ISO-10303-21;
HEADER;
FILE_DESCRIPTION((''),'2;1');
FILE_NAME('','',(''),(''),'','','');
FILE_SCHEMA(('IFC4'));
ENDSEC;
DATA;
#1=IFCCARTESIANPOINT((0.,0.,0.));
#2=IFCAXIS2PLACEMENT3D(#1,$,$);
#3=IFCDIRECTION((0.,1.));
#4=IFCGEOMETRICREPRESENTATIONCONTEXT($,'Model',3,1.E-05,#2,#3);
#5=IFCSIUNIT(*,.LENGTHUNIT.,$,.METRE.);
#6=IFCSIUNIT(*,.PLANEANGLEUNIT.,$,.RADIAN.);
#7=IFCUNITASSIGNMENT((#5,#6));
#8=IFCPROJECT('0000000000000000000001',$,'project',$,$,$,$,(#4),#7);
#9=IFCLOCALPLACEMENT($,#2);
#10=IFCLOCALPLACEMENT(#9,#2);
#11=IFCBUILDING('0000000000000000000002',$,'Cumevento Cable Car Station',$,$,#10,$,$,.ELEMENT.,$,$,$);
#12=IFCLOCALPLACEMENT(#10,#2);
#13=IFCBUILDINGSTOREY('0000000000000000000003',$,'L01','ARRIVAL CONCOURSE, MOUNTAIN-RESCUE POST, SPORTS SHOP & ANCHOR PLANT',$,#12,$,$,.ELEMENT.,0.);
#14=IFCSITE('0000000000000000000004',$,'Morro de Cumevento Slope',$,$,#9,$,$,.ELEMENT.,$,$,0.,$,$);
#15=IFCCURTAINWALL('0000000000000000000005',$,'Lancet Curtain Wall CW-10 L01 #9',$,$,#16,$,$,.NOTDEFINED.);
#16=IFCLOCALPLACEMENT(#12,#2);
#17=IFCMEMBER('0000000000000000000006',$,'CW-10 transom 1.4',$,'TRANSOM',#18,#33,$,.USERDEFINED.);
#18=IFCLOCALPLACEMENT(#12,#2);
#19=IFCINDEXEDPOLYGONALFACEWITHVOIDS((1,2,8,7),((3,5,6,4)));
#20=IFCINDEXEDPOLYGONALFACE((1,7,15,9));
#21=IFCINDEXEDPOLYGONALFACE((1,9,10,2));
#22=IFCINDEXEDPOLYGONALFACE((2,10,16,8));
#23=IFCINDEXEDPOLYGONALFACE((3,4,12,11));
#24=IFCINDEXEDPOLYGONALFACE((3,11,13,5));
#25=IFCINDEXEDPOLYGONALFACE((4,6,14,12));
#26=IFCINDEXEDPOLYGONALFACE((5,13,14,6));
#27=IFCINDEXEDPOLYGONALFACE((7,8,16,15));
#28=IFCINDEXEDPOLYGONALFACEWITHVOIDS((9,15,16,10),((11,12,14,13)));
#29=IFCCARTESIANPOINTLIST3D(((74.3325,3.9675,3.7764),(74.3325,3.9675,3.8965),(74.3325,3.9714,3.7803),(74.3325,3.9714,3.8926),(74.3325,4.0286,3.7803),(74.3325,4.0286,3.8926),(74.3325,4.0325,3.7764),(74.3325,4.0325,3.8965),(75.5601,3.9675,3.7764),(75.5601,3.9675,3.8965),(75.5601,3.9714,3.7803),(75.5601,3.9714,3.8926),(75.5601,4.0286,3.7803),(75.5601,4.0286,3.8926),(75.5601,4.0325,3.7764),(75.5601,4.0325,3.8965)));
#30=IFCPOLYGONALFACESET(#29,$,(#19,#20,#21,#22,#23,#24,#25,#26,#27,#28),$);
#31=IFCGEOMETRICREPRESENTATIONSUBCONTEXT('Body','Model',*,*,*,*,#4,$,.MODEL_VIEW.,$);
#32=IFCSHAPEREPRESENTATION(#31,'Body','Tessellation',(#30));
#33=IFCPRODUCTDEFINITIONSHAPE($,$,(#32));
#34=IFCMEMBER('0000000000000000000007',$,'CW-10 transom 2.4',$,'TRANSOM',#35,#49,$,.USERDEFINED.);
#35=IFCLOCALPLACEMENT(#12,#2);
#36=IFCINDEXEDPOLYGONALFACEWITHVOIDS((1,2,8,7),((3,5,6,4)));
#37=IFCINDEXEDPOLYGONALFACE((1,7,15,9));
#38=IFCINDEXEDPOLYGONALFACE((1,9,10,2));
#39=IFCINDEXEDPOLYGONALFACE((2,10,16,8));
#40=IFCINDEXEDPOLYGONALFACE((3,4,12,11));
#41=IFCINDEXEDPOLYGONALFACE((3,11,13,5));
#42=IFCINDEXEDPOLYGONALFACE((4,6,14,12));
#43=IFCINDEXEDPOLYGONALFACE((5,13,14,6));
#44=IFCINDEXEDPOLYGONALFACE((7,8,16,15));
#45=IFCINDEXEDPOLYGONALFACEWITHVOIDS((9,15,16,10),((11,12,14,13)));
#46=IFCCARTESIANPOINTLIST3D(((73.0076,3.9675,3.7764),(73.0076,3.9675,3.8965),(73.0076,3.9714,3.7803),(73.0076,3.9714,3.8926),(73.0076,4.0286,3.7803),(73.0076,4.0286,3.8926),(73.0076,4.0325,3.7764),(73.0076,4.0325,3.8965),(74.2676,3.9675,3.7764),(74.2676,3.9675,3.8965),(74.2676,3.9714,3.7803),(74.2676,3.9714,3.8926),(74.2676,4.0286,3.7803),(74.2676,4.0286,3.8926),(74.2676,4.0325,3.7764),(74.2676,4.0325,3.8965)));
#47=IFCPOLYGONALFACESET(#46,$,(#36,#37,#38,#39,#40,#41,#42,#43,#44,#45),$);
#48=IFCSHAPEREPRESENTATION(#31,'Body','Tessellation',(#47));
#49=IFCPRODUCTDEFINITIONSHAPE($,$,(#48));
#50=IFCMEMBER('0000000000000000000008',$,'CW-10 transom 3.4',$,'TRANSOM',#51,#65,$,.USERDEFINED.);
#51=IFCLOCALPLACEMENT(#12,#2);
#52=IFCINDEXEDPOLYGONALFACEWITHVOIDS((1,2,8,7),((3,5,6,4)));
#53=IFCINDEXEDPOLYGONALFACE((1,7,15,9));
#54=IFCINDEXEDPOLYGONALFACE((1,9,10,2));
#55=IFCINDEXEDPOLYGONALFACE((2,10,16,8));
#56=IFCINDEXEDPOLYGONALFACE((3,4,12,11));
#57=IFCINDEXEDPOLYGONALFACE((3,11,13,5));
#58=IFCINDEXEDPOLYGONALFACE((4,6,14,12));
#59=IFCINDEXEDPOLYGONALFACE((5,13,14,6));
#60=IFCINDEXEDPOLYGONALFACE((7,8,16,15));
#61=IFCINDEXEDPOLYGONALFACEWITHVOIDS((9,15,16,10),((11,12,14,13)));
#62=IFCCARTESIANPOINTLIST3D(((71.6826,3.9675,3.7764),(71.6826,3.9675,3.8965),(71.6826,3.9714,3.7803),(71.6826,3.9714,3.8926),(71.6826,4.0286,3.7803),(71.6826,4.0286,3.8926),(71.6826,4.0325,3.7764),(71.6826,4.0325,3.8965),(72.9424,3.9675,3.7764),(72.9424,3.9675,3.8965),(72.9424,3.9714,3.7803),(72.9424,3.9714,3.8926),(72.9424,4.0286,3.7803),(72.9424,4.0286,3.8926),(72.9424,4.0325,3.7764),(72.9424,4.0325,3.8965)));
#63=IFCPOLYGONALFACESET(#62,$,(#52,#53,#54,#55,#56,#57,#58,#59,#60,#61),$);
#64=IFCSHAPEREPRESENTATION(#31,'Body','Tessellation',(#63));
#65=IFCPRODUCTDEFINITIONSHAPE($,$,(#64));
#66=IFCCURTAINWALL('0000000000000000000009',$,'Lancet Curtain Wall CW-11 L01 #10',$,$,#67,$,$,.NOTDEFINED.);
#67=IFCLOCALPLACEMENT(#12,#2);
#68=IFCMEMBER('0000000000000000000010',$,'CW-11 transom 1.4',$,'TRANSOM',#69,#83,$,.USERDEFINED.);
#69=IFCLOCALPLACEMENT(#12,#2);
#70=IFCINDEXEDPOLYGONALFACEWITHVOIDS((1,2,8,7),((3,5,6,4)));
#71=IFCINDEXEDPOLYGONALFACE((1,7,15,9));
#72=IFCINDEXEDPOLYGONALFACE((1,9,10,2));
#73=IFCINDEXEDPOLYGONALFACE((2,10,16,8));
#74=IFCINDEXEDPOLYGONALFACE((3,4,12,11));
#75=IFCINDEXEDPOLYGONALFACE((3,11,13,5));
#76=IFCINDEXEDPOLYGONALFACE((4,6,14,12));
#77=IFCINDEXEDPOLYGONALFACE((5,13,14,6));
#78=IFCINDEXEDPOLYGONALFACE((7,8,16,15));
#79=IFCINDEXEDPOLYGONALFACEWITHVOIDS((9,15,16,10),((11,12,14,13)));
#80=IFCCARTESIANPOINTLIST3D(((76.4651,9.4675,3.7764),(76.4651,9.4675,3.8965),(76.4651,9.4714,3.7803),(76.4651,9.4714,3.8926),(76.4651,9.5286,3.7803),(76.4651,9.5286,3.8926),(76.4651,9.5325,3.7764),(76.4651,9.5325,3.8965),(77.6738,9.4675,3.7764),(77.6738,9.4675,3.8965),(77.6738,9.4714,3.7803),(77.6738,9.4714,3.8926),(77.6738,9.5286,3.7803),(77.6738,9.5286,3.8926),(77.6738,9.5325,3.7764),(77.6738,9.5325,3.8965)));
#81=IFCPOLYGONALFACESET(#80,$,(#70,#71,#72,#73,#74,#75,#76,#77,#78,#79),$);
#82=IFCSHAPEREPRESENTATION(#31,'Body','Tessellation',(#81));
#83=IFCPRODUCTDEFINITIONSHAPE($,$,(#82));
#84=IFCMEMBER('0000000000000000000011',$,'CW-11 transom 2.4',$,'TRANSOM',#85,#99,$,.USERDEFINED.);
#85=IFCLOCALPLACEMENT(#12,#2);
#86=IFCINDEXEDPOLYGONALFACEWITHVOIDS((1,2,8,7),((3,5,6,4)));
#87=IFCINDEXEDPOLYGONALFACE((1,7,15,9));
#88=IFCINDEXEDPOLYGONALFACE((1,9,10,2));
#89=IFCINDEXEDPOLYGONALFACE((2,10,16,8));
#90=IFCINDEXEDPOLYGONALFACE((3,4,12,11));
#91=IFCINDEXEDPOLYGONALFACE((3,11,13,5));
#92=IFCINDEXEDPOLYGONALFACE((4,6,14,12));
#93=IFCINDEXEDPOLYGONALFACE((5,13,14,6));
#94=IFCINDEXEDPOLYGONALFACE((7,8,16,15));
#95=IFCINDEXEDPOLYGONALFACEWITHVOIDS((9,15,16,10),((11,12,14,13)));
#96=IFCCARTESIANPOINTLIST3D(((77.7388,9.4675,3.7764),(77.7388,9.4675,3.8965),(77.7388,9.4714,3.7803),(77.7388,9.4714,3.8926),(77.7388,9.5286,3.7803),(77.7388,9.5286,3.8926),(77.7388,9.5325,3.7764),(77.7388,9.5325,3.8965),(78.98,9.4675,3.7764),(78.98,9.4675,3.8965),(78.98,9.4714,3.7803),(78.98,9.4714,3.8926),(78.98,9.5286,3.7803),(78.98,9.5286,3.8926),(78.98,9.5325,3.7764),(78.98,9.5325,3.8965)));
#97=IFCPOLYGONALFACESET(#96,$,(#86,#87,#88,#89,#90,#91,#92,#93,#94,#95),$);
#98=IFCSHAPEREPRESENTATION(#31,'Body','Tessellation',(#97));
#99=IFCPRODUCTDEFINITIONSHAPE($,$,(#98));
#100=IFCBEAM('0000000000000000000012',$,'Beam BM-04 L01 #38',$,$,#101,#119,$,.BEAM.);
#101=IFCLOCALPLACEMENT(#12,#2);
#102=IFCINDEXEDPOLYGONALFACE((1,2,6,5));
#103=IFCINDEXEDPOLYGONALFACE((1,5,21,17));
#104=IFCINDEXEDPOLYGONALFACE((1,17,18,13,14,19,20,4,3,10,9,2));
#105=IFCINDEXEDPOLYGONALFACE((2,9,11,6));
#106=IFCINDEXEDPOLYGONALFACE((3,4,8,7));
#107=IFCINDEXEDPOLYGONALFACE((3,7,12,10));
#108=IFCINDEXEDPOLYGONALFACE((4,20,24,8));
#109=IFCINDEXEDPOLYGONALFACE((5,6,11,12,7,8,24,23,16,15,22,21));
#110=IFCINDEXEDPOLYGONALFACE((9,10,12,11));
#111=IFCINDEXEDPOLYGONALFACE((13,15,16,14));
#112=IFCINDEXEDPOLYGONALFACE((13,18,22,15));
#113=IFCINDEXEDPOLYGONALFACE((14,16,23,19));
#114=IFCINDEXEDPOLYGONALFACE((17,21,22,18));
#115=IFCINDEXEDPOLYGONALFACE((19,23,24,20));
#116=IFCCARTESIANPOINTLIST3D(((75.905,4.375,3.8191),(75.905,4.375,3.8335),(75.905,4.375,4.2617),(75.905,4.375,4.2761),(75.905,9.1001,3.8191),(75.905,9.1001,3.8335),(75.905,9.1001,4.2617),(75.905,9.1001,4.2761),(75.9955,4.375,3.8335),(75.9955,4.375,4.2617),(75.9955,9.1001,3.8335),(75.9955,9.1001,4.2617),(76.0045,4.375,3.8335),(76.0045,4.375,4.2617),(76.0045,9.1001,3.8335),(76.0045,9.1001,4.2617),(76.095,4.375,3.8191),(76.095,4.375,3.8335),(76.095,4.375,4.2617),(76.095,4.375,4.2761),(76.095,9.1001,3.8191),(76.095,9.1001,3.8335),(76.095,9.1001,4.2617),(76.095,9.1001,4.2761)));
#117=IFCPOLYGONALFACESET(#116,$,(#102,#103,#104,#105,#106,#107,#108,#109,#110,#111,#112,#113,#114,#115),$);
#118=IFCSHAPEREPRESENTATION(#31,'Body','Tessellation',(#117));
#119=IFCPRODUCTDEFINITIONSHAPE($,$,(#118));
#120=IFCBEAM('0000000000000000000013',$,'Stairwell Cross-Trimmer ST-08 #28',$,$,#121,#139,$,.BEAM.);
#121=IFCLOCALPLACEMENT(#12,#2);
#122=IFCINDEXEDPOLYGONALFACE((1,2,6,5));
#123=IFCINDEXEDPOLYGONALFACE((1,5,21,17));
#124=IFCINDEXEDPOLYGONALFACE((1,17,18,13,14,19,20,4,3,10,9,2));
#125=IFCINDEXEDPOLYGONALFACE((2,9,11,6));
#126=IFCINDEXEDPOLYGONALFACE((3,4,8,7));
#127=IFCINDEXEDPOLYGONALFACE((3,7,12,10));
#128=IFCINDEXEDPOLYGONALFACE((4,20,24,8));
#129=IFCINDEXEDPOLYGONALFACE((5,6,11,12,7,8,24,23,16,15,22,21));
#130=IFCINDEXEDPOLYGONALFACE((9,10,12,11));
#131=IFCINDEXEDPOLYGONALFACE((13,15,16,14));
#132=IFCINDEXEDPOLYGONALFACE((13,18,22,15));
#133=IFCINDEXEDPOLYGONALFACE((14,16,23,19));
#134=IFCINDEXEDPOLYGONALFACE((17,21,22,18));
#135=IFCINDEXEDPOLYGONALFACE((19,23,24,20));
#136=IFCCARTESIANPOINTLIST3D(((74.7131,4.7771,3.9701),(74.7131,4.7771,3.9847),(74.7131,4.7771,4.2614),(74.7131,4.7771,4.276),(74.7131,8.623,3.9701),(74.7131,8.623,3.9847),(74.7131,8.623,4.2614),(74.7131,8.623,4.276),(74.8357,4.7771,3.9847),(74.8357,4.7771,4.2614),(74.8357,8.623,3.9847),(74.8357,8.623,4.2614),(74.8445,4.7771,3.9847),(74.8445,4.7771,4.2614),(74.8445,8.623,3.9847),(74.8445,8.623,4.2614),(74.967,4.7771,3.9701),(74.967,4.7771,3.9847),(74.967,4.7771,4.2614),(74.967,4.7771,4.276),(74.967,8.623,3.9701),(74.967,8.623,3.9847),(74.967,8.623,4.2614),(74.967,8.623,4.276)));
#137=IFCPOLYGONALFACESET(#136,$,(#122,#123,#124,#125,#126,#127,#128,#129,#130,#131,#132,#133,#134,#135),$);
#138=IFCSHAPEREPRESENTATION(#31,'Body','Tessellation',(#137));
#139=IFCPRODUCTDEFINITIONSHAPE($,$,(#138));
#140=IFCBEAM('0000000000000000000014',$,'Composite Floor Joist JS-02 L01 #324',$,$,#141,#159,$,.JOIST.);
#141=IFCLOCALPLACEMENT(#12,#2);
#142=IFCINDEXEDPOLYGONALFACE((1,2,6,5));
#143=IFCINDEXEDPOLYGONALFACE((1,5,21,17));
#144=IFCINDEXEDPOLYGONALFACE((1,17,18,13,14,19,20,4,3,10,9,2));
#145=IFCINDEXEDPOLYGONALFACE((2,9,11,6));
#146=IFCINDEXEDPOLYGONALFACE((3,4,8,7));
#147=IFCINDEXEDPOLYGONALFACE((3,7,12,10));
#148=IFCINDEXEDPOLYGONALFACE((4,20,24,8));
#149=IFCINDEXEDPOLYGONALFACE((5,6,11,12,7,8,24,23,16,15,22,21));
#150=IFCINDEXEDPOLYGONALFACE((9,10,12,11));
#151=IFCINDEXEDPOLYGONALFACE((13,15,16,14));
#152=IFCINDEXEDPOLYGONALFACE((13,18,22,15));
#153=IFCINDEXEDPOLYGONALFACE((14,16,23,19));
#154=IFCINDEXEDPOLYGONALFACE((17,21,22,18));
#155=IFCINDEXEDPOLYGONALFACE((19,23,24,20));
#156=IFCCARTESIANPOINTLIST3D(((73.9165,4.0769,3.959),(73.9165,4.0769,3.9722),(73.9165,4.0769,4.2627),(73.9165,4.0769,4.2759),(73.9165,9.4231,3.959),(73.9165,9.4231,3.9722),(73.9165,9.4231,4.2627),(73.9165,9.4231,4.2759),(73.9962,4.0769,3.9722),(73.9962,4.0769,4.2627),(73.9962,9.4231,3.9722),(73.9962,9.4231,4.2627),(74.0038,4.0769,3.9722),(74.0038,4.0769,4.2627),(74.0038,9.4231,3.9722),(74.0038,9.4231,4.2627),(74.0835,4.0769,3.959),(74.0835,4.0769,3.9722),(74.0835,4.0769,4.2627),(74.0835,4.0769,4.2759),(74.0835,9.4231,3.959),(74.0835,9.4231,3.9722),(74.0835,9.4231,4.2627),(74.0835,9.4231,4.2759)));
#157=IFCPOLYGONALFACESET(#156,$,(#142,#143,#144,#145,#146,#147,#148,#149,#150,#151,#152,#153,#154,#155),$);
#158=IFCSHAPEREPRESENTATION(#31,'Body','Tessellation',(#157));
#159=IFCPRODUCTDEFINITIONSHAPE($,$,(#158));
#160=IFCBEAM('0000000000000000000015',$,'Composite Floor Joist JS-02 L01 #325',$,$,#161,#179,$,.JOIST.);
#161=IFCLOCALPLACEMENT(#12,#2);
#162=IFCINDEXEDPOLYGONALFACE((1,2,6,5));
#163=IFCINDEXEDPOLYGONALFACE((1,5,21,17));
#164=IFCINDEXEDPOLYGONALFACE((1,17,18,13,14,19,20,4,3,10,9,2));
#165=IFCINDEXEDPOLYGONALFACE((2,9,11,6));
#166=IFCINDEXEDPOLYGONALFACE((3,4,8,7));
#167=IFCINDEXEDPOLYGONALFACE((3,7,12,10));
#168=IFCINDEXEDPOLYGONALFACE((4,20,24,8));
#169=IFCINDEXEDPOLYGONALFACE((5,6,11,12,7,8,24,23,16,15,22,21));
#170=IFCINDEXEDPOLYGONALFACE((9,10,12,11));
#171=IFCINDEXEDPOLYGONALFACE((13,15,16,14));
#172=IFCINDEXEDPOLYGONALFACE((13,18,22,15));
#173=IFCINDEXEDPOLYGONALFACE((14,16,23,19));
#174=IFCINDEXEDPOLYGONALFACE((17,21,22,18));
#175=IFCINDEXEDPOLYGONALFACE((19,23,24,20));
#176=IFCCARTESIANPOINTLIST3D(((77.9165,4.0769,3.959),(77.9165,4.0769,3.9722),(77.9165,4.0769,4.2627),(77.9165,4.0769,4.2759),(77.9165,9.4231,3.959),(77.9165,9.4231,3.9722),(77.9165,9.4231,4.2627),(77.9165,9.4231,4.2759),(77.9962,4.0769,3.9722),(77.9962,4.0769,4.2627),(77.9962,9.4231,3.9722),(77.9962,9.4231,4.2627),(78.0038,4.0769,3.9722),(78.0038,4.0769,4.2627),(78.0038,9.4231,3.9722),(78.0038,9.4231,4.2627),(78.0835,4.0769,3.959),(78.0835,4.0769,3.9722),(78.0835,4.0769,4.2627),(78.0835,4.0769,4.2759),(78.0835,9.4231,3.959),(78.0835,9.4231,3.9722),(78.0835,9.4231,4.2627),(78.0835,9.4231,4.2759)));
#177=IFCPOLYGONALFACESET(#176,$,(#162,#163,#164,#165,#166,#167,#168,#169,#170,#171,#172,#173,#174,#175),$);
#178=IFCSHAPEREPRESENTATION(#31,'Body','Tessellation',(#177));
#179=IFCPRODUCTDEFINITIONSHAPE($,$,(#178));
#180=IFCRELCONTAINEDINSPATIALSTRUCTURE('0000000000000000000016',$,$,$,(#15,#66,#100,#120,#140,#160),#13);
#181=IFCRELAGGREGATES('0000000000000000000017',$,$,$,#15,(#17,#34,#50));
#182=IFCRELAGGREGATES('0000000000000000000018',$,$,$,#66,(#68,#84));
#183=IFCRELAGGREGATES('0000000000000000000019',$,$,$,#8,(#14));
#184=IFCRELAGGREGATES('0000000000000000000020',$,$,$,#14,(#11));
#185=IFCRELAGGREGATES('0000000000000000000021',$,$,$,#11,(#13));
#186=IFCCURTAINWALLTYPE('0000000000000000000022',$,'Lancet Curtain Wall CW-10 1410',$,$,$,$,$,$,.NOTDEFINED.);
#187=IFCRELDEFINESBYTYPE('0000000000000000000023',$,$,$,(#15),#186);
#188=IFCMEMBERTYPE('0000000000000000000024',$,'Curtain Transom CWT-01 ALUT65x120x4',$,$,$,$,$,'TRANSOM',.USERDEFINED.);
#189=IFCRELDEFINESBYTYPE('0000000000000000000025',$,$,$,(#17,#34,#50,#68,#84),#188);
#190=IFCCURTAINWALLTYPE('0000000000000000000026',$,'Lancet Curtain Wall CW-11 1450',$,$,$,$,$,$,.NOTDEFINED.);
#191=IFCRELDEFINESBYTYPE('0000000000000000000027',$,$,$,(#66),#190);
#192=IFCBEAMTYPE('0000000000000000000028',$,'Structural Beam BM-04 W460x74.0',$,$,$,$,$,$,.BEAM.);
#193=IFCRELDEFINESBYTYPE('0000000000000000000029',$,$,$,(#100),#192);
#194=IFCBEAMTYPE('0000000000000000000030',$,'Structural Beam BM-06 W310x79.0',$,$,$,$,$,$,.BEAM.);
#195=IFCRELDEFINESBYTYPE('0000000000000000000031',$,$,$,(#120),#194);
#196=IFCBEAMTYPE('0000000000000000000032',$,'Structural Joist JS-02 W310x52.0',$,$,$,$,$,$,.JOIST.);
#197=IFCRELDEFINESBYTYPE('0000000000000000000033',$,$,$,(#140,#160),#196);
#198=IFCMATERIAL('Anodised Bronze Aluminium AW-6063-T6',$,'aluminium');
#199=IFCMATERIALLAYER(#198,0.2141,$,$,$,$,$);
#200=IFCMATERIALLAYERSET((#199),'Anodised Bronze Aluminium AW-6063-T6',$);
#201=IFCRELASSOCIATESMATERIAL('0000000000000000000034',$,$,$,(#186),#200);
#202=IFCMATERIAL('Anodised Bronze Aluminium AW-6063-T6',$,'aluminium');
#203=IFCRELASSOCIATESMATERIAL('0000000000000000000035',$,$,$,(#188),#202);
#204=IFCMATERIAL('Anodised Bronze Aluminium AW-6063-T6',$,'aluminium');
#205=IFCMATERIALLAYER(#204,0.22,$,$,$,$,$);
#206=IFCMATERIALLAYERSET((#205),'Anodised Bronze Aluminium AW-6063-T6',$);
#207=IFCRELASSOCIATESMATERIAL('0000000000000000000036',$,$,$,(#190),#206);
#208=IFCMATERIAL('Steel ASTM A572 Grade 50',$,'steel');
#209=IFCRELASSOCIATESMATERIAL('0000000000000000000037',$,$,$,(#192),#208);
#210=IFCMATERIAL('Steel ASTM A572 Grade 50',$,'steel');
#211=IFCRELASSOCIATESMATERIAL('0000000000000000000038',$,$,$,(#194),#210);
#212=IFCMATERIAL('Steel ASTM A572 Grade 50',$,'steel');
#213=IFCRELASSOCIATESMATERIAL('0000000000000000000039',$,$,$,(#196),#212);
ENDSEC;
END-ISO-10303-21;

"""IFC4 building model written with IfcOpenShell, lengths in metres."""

from ifc_helpers import new_model, si_unit, direction, frame, origin, origin_2d, place, context, subcontext, project, spatial, hollow_rectangle, i_section, extrude, material, layer, layer_set, material_profile, profile_set, type_object, element, aggregate, save


model = new_model("IFC4")

# Units and contexts
model_context = context("Model", 3, precision=1e-05, world=origin(), true_north=direction((0.0, 1.0)))
body_context = subcontext(model_context, "Body", "Model", "MODEL_VIEW")
ifc_project = project(units=[si_unit("LENGTHUNIT", "METRE"), si_unit("PLANEANGLEUNIT", "RADIAN")], contexts=[model_context])

# Site, building, storey
site_placement = place(None, origin())
site = spatial("IfcSite", under=ifc_project, at=site_placement, Name="Morro de Cumevento Slope", CompositionType="ELEMENT", RefElevation=0.0)
building_placement = place(site_placement, origin())
building = spatial("IfcBuilding", under=site, at=building_placement, Name="Cumevento Cable Car Station", CompositionType="ELEMENT")
storey_placement = place(building_placement, origin())
storey = spatial("IfcBuildingStorey", under=building, at=storey_placement, Name="L01", Description="ARRIVAL CONCOURSE, MOUNTAIN-RESCUE POST, SPORTS SHOP & ANCHOR PLANT", CompositionType="ELEMENT", Elevation=0.0)

# Curtain walls, members
ifc_material_1 = material(Name="Anodised Bronze Aluminium AW-6063-T6", Category="aluminium")
ifc_layer_1 = layer(ifc_material_1, 0.2141)
ifc_layer_set_1 = layer_set([ifc_layer_1], Name="Anodised Bronze Aluminium AW-6063-T6")
curtain_wall_type_1 = type_object("IfcCurtainWallType", Name="Lancet Curtain Wall CW-10 1410", PredefinedType="NOTDEFINED", material=ifc_layer_set_1)
curtain_wall_1_placement = place(storey_placement, origin())
curtain_wall_1 = element("IfcCurtainWall", 1, at=curtain_wall_1_placement, inside=storey, type_object=curtain_wall_type_1, Name="Lancet Curtain Wall CW-10 L01 #9", PredefinedType="NOTDEFINED")
ifc_material_2 = material(Name="Anodised Bronze Aluminium AW-6063-T6", Category="aluminium")
ifc_material_profile_1 = material_profile(ifc_material_2, hollow_rectangle(XDim=0.0649, YDim=0.1201, WallThickness=0.0039, at=origin_2d()), Name="ALUT65x120x4")
ifc_profile_set_1 = profile_set([ifc_material_profile_1], Name="Anodised Bronze Aluminium AW-6063-T6")
member_type = type_object("IfcMemberType", Name="Curtain Transom CWT-01 ALUT65x120x4", ElementType="TRANSOM", PredefinedType="USERDEFINED", material=ifc_profile_set_1)
member_1_placement = place(storey_placement, frame((75.5601, 4.0, 3.8364), z_axis=(-1.0, 0.0, 0.0), x_axis=(0.0, -1.0, 0.0)))
member_1 = element("IfcMember", 2, at=member_1_placement, type_object=member_type, Name="CW-10 transom 1.4", ObjectType="TRANSOM", PredefinedType="USERDEFINED", context=body_context, shape_type="SweptSolid", body=[
    extrude(hollow_rectangle(XDim=0.0649, YDim=0.1201, WallThickness=0.0039, at=origin_2d()), origin(), (0.0, 0.0, 1.0), 1.2275),
])
member_2_placement = place(storey_placement, frame((74.2676, 4.0, 3.8364), z_axis=(-1.0, 0.0, 0.0), x_axis=(0.0, -1.0, 0.0)))
member_2 = element("IfcMember", 3, at=member_2_placement, type_object=member_type, Name="CW-10 transom 2.4", ObjectType="TRANSOM", PredefinedType="USERDEFINED", context=body_context, shape_type="SweptSolid", body=[
    extrude(hollow_rectangle(XDim=0.0649, YDim=0.1201, WallThickness=0.0039, at=origin_2d()), origin(), (0.0, 0.0, 1.0), 1.26),
])
member_3_placement = place(storey_placement, frame((72.9424, 4.0, 3.8364), z_axis=(-1.0, 0.0, 0.0), x_axis=(0.0, -1.0, 0.0)))
member_3 = element("IfcMember", 4, at=member_3_placement, type_object=member_type, Name="CW-10 transom 3.4", ObjectType="TRANSOM", PredefinedType="USERDEFINED", context=body_context, shape_type="SweptSolid", body=[
    extrude(hollow_rectangle(XDim=0.0649, YDim=0.1201, WallThickness=0.0039, at=origin_2d()), origin(), (0.0, 0.0, 1.0), 1.2598),
])
aggregate(curtain_wall_1, [member_1, member_2, member_3])
ifc_material_3 = material(Name="Anodised Bronze Aluminium AW-6063-T6", Category="aluminium")
ifc_layer_2 = layer(ifc_material_3, 0.22)
ifc_layer_set_2 = layer_set([ifc_layer_2], Name="Anodised Bronze Aluminium AW-6063-T6")
curtain_wall_type_2 = type_object("IfcCurtainWallType", Name="Lancet Curtain Wall CW-11 1450", PredefinedType="NOTDEFINED", material=ifc_layer_set_2)
curtain_wall_2_placement = place(storey_placement, origin())
curtain_wall_2 = element("IfcCurtainWall", 5, at=curtain_wall_2_placement, inside=storey, type_object=curtain_wall_type_2, Name="Lancet Curtain Wall CW-11 L01 #10", PredefinedType="NOTDEFINED")
member_4_placement = place(storey_placement, frame((76.4651, 9.5, 3.8364), z_axis=(1.0, 0.0, 0.0), x_axis=(0.0, 1.0, 0.0)))
member_4 = element("IfcMember", 6, at=member_4_placement, type_object=member_type, Name="CW-11 transom 1.4", ObjectType="TRANSOM", PredefinedType="USERDEFINED", context=body_context, shape_type="SweptSolid", body=[
    extrude(hollow_rectangle(XDim=0.0649, YDim=0.1201, WallThickness=0.0039, at=origin_2d()), origin(), (0.0, 0.0, 1.0), 1.2087),
])
member_5_placement = place(storey_placement, frame((77.7388, 9.5, 3.8364), z_axis=(1.0, 0.0, 0.0), x_axis=(0.0, 1.0, 0.0)))
member_5 = element("IfcMember", 7, at=member_5_placement, type_object=member_type, Name="CW-11 transom 2.4", ObjectType="TRANSOM", PredefinedType="USERDEFINED", context=body_context, shape_type="SweptSolid", body=[
    extrude(hollow_rectangle(XDim=0.0649, YDim=0.1201, WallThickness=0.0039, at=origin_2d()), origin(), (0.0, 0.0, 1.0), 1.2412),
])
aggregate(curtain_wall_2, [member_4, member_5])

# Beams
ifc_material_4 = material(Name="Steel ASTM A572 Grade 50", Category="steel")
ifc_material_profile_2 = material_profile(ifc_material_4, i_section(OverallWidth=0.1899, OverallDepth=0.457, WebThickness=0.009, FlangeThickness=0.0144, at=origin_2d()), Name="W460x74.0")
ifc_profile_set_2 = profile_set([ifc_material_profile_2], Name="Steel ASTM A572 Grade 50")
beam_type_1 = type_object("IfcBeamType", Name="Structural Beam BM-04 W460x74.0", PredefinedType="BEAM", material=ifc_profile_set_2)
beam_1_placement = place(storey_placement, frame((76.0, 4.375, 4.0476), z_axis=(0.0, 1.0, 0.0), x_axis=(-1.0, 0.0, 0.0)))
element("IfcBeam", 8, at=beam_1_placement, inside=storey, type_object=beam_type_1, Name="Beam BM-04 L01 #38", PredefinedType="BEAM", context=body_context, shape_type="SweptSolid", body=[
    extrude(i_section(OverallWidth=0.1899, OverallDepth=0.457, WebThickness=0.009, FlangeThickness=0.0144, at=origin_2d()), origin(), (0.0, 0.0, 1.0), 4.7251),
])
ifc_material_5 = material(Name="Steel ASTM A572 Grade 50", Category="steel")
ifc_material_profile_3 = material_profile(ifc_material_5, i_section(OverallWidth=0.2539, OverallDepth=0.3059, WebThickness=0.0088, FlangeThickness=0.0146, at=origin_2d()), Name="W310x79.0")
ifc_profile_set_3 = profile_set([ifc_material_profile_3], Name="Steel ASTM A572 Grade 50")
beam_type_2 = type_object("IfcBeamType", Name="Structural Beam BM-06 W310x79.0", PredefinedType="BEAM", material=ifc_profile_set_3)
beam_2_placement = place(storey_placement, frame((74.8401, 4.7771, 4.123), z_axis=(0.0, 1.0, 0.0), x_axis=(-1.0, 0.0, 0.0)))
element("IfcBeam", 9, at=beam_2_placement, inside=storey, type_object=beam_type_2, Name="Stairwell Cross-Trimmer ST-08 #28", PredefinedType="BEAM", context=body_context, shape_type="SweptSolid", body=[
    extrude(i_section(OverallWidth=0.2539, OverallDepth=0.3059, WebThickness=0.0088, FlangeThickness=0.0146, at=origin_2d()), origin(), (0.0, 0.0, 1.0), 3.8459),
])
ifc_material_6 = material(Name="Steel ASTM A572 Grade 50", Category="steel")
ifc_material_profile_4 = material_profile(ifc_material_6, i_section(OverallWidth=0.167, OverallDepth=0.3169, WebThickness=0.0076, FlangeThickness=0.0132, at=origin_2d()), Name="W310x52.0")
ifc_profile_set_4 = profile_set([ifc_material_profile_4], Name="Steel ASTM A572 Grade 50")
beam_type_3 = type_object("IfcBeamType", Name="Structural Joist JS-02 W310x52.0", PredefinedType="JOIST", material=ifc_profile_set_4)
for number, where, z_axis, x_axis, name in (
    (10, (74.0, 4.0769, 4.1174), (0.0, 1.0, 0.0), (-1.0, 0.0, 0.0), "Composite Floor Joist JS-02 L01 #324"),
    (11, (78.0, 4.0769, 4.1174), (0.0, 1.0, 0.0), (-1.0, 0.0, 0.0), "Composite Floor Joist JS-02 L01 #325"),
):
    element("IfcBeam", number, at=place(storey_placement, frame(where, z_axis=z_axis, x_axis=x_axis)), inside=storey, type_object=beam_type_3, Name=name, PredefinedType="JOIST", context=body_context, shape_type="SweptSolid", body=[
        extrude(i_section(OverallWidth=0.167, OverallDepth=0.3169, WebThickness=0.0076, FlangeThickness=0.0132, at=origin_2d()), origin(), (0.0, 0.0, 1.0), 5.3462),
    ])

save(model, "model.ifc")
